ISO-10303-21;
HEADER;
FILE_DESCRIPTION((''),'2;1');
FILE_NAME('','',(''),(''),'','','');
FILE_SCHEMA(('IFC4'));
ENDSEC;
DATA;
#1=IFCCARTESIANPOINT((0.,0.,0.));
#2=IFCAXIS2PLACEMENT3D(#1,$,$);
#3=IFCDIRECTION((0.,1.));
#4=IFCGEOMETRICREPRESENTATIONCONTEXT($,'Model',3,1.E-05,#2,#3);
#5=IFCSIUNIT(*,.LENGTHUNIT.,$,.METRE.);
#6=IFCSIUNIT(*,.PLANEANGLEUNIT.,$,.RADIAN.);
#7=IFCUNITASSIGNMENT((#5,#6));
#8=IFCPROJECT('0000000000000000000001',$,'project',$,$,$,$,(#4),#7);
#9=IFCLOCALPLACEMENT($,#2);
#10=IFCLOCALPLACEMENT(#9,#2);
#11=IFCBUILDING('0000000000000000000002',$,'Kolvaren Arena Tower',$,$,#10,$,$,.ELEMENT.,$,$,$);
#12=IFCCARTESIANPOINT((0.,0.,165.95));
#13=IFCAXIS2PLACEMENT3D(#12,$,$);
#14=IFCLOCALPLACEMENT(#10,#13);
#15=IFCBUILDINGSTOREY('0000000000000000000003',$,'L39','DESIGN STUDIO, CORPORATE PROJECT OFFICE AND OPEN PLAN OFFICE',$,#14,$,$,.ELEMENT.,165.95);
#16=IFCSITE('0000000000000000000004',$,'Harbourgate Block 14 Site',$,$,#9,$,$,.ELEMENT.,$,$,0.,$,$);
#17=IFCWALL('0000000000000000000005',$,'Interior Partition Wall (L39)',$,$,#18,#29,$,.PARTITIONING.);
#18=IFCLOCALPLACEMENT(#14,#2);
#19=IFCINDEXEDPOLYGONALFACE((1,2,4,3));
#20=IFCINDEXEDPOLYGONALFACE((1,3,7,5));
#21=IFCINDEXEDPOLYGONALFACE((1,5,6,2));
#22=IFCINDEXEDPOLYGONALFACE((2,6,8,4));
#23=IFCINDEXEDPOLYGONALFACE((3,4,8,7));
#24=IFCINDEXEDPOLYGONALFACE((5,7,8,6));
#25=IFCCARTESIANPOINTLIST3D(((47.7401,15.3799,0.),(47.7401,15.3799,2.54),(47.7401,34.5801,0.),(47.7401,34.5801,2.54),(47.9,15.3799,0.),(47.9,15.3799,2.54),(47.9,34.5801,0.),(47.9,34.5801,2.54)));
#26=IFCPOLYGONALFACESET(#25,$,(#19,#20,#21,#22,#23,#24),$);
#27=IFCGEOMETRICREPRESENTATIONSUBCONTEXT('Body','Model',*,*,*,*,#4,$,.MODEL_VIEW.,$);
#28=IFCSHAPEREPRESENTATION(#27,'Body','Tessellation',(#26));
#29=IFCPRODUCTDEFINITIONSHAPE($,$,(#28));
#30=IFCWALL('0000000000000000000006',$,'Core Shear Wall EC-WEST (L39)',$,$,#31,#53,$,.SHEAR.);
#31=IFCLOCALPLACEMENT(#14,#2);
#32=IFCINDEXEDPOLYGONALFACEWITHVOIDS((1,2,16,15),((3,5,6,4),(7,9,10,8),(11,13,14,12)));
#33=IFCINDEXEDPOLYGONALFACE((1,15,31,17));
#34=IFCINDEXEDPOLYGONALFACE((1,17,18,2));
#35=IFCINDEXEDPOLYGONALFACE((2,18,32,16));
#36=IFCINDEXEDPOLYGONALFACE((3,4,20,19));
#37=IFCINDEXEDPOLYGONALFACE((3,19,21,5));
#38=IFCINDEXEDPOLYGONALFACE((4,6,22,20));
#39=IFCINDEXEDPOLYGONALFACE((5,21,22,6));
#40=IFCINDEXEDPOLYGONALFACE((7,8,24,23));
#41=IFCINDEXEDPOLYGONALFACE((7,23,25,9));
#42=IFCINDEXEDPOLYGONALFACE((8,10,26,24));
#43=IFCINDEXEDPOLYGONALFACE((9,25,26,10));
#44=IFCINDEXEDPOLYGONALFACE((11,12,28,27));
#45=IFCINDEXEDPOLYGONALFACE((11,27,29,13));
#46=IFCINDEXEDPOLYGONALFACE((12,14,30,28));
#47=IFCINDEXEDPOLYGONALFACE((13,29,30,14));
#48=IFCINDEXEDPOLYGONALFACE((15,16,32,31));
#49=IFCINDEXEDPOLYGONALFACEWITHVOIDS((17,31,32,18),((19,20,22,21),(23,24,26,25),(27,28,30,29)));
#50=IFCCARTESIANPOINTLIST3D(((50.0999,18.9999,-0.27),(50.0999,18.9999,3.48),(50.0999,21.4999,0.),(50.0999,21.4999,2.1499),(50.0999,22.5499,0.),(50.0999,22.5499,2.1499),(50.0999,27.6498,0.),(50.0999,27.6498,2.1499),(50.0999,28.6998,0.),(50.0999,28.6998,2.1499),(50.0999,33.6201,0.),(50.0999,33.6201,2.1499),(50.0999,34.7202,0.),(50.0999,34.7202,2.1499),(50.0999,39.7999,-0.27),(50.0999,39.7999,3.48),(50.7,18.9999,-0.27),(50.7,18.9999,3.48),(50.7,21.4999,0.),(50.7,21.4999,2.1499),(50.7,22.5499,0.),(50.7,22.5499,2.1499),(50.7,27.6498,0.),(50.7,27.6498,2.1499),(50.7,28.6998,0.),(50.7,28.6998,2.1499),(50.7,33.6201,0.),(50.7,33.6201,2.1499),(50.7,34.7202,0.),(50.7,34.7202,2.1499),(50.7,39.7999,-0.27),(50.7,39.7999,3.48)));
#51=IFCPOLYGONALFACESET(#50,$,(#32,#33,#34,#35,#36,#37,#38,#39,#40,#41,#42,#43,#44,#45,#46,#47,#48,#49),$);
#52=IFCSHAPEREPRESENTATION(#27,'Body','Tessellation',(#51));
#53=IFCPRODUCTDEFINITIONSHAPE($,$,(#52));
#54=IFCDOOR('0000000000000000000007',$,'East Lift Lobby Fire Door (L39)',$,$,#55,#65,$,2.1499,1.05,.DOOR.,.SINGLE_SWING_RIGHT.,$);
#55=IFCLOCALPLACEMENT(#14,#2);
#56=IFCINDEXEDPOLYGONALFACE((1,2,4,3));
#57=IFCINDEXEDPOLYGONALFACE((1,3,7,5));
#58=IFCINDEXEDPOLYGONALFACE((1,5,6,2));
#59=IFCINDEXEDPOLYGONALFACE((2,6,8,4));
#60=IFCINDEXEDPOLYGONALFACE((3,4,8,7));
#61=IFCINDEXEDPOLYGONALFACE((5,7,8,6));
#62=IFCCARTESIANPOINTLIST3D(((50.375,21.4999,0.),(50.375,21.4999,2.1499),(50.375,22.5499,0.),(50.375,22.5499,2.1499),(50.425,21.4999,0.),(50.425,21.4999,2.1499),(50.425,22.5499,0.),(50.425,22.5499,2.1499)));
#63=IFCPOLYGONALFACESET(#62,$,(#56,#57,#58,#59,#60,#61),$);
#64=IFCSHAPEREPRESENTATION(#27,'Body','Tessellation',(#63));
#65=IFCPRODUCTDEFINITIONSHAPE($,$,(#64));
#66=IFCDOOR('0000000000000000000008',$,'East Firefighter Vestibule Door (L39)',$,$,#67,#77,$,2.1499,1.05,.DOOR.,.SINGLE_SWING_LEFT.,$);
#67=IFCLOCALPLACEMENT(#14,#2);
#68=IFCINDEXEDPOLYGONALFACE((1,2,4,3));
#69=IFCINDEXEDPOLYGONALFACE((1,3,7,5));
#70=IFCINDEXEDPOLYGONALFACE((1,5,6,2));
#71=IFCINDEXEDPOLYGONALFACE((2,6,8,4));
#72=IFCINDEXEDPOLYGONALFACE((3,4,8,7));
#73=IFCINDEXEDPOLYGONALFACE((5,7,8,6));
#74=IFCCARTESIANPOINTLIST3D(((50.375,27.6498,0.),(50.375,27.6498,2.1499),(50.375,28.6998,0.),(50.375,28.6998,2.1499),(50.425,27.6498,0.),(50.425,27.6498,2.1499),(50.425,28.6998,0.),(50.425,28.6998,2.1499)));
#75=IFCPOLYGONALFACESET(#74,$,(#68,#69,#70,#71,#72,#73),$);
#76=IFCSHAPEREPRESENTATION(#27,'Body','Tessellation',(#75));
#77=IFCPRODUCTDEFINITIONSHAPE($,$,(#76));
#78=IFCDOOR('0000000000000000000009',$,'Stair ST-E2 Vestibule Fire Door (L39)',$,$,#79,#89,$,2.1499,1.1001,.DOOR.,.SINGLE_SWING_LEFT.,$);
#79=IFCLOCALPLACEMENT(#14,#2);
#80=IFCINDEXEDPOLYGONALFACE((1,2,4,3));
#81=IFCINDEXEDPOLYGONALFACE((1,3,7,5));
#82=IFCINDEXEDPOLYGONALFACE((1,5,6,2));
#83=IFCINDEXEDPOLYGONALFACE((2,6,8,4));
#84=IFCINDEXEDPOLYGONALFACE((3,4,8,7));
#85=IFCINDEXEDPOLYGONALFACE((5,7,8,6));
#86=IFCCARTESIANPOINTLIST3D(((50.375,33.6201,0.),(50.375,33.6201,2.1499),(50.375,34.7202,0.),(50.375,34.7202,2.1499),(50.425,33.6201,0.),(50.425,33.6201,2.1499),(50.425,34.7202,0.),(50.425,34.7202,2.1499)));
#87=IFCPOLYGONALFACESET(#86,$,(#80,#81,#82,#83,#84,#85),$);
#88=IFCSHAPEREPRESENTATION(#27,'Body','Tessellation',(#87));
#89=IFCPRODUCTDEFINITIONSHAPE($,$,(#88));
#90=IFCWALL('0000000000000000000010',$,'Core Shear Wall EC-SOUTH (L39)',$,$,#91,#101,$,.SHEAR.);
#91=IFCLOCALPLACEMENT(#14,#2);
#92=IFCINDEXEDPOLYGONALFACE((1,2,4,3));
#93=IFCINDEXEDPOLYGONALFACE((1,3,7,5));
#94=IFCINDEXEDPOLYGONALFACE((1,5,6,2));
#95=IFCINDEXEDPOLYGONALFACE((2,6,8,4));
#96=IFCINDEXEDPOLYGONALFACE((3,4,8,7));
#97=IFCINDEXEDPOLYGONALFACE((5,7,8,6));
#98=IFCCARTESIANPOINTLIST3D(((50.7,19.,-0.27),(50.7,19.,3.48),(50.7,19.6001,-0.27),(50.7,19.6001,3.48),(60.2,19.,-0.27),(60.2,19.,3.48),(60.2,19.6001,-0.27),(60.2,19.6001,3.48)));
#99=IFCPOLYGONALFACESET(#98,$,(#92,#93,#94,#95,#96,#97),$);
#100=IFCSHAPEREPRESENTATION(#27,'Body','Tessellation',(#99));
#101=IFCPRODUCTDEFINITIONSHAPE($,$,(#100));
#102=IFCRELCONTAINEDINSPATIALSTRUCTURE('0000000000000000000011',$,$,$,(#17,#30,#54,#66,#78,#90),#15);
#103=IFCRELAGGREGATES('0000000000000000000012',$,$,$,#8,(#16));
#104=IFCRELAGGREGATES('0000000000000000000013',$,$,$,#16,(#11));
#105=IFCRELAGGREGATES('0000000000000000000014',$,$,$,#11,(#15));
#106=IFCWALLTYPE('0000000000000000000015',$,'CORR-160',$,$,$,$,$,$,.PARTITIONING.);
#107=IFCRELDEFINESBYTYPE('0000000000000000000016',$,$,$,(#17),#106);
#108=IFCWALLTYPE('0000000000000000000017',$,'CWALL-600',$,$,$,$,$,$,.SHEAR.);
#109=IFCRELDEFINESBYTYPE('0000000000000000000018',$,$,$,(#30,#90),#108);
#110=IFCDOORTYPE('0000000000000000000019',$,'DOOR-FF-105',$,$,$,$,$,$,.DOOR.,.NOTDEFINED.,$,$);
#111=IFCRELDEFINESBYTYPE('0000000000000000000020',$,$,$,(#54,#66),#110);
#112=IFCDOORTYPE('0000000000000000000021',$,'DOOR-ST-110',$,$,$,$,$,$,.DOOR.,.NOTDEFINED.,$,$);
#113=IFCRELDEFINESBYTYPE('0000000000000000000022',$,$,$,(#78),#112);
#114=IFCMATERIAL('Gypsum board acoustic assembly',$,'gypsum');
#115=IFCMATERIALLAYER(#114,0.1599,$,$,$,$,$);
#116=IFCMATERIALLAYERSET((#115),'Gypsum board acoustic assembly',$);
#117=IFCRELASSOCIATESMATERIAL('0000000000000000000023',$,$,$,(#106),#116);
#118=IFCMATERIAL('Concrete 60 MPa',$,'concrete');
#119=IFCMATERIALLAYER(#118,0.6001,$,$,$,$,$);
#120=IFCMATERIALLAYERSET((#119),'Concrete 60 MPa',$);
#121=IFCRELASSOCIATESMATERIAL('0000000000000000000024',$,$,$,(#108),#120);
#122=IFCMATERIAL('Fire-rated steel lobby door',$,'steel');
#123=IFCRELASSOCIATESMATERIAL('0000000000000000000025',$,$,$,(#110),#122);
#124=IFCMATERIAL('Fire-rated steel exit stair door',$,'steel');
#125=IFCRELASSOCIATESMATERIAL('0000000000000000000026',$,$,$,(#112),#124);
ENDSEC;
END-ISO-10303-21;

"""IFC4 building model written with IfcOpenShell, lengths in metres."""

from ifc_helpers import new_model, si_unit, direction, frame, frame_2d, origin, place, context, subcontext, project, spatial, rectangle, extrude, material, layer, layer_set, type_object, element, fill, save


model = new_model("IFC4")

# Units and contexts
model_context = context("Model", 3, precision=1e-05, world=origin(), true_north=direction((0.0, 1.0)))
body_context = subcontext(model_context, "Body", "Model", "MODEL_VIEW")
ifc_project = project(units=[si_unit("LENGTHUNIT", "METRE"), si_unit("PLANEANGLEUNIT", "RADIAN")], contexts=[model_context])

# Site, building, storey
site_placement = place(None, origin())
site = spatial("IfcSite", under=ifc_project, at=site_placement, Name="Harbourgate Block 14 Site", CompositionType="ELEMENT", RefElevation=0.0)
building_placement = place(site_placement, origin())
building = spatial("IfcBuilding", under=site, at=building_placement, Name="Kolvaren Arena Tower", CompositionType="ELEMENT")
storey_placement = place(building_placement, frame((0.0, 0.0, 165.95)))
storey = spatial("IfcBuildingStorey", under=building, at=storey_placement, Name="L39", Description="DESIGN STUDIO, CORPORATE PROJECT OFFICE AND OPEN PLAN OFFICE", CompositionType="ELEMENT", Elevation=165.95)

# Wall
ifc_material_1 = material(Name="Gypsum board acoustic assembly", Category="gypsum")
ifc_layer_1 = layer(ifc_material_1, 0.1599)
ifc_layer_set_1 = layer_set([ifc_layer_1], Name="Gypsum board acoustic assembly")
wall_type_1 = type_object("IfcWallType", Name="CORR-160", PredefinedType="PARTITIONING", material=ifc_layer_set_1)
wall_1_placement = place(storey_placement, frame((47.8201, 15.3799, 0.0), z_axis=(0.0, 0.0, 1.0), x_axis=(0.0, 1.0, 0.0)))
element("IfcWall", 1, at=wall_1_placement, inside=storey, type_object=wall_type_1, Name="Interior Partition Wall (L39)", PredefinedType="PARTITIONING", context=body_context, shape_type="SweptSolid", body=[
    extrude(rectangle(XDim=19.2002, YDim=0.1599, at=frame_2d((9.6001, 0.0))), origin(), (0.0, 0.0, 1.0), 2.54),
])

# Wall, openings, doors
ifc_material_2 = material(Name="Concrete 60 MPa", Category="concrete")
ifc_layer_2 = layer(ifc_material_2, 0.6001)
ifc_layer_set_2 = layer_set([ifc_layer_2], Name="Concrete 60 MPa")
wall_type_2 = type_object("IfcWallType", Name="CWALL-600", PredefinedType="SHEAR", material=ifc_layer_set_2)
wall_2_placement = place(storey_placement, frame((50.3999, 19.0, -0.27), z_axis=(0.0, 0.0, 1.0), x_axis=(0.0, 1.0, 0.0)))
wall_2 = element("IfcWall", 2, at=wall_2_placement, inside=storey, type_object=wall_type_2, Name="Core Shear Wall EC-WEST (L39)", PredefinedType="SHEAR", context=body_context, shape_type="SweptSolid", body=[
    extrude(rectangle(XDim=20.8, YDim=0.6001, at=frame_2d((10.3999, 0.0))), origin(), (0.0, 0.0, 1.0), 3.75),
])
opening_1_placement = place(wall_2_placement, frame((2.5, 0.0, 0.27)))
opening_1 = element("IfcOpeningElement", 3, at=opening_1_placement, cuts=wall_2, PredefinedType="OPENING", context=body_context, shape_type="SweptSolid", body=[
    extrude(rectangle(XDim=1.05, YDim=2.1499, at=frame_2d((0.5249, 1.075))), frame((0.0, 0.3101, 0.0), z_axis=(0.0, -1.0, 0.0), x_axis=(1.0, 0.0, 0.0)), (0.0, 0.0, 1.0), 0.6201),
])
opening_2_placement = place(wall_2_placement, frame((8.6499, 0.0, 0.27)))
opening_2 = element("IfcOpeningElement", 4, at=opening_2_placement, cuts=wall_2, PredefinedType="OPENING", context=body_context, shape_type="SweptSolid", body=[
    extrude(rectangle(XDim=1.05, YDim=2.1499, at=frame_2d((0.5249, 1.075))), frame((0.0, 0.3101, 0.0), z_axis=(0.0, -1.0, 0.0), x_axis=(1.0, 0.0, 0.0)), (0.0, 0.0, 1.0), 0.6201),
])
opening_3_placement = place(wall_2_placement, frame((14.6201, 0.0, 0.27)))
opening_3 = element("IfcOpeningElement", 5, at=opening_3_placement, cuts=wall_2, PredefinedType="OPENING", context=body_context, shape_type="SweptSolid", body=[
    extrude(rectangle(XDim=1.1001, YDim=2.1499, at=frame_2d((0.55, 1.075))), frame((0.0, 0.3101, 0.0), z_axis=(0.0, -1.0, 0.0), x_axis=(1.0, 0.0, 0.0)), (0.0, 0.0, 1.0), 0.6201),
])
ifc_material_3 = material(Name="Fire-rated steel lobby door", Category="steel")
door_type_1 = type_object("IfcDoorType", Name="DOOR-FF-105", OperationType="NOTDEFINED", PredefinedType="DOOR", material=ifc_material_3)
door_1_placement = place(opening_1_placement, origin())
door_1 = element("IfcDoor", 6, at=door_1_placement, inside=storey, type_object=door_type_1, Name="East Lift Lobby Fire Door (L39)", OperationType="SINGLE_SWING_RIGHT", OverallHeight=2.1499, OverallWidth=1.05, PredefinedType="DOOR", context=body_context, shape_type="SweptSolid", body=[
    extrude(rectangle(XDim=1.05, YDim=2.1499, at=frame_2d((0.5249, 1.075))), frame((0.0, 0.0249, 0.0), z_axis=(0.0, -1.0, 0.0), x_axis=(1.0, 0.0, 0.0)), (0.0, 0.0, 1.0), 0.05),
])
fill(opening_1, door_1)
door_2_placement = place(opening_2_placement, origin())
door_2 = element("IfcDoor", 7, at=door_2_placement, inside=storey, type_object=door_type_1, Name="East Firefighter Vestibule Door (L39)", OperationType="SINGLE_SWING_LEFT", OverallHeight=2.1499, OverallWidth=1.05, PredefinedType="DOOR", context=body_context, shape_type="SweptSolid", body=[
    extrude(rectangle(XDim=1.05, YDim=2.1499, at=frame_2d((0.5249, 1.075))), frame((0.0, 0.0249, 0.0), z_axis=(0.0, -1.0, 0.0), x_axis=(1.0, 0.0, 0.0)), (0.0, 0.0, 1.0), 0.05),
])
fill(opening_2, door_2)
ifc_material_4 = material(Name="Fire-rated steel exit stair door", Category="steel")
door_type_2 = type_object("IfcDoorType", Name="DOOR-ST-110", OperationType="NOTDEFINED", PredefinedType="DOOR", material=ifc_material_4)
door_3_placement = place(opening_3_placement, origin())
door_3 = element("IfcDoor", 8, at=door_3_placement, inside=storey, type_object=door_type_2, Name="Stair ST-E2 Vestibule Fire Door (L39)", OperationType="SINGLE_SWING_LEFT", OverallHeight=2.1499, OverallWidth=1.1001, PredefinedType="DOOR", context=body_context, shape_type="SweptSolid", body=[
    extrude(rectangle(XDim=1.1001, YDim=2.1499, at=frame_2d((0.55, 1.075))), frame((0.0, 0.0249, 0.0), z_axis=(0.0, -1.0, 0.0), x_axis=(1.0, 0.0, 0.0)), (0.0, 0.0, 1.0), 0.05),
])
fill(opening_3, door_3)

# Wall
wall_3_placement = place(storey_placement, frame((50.7, 19.3, -0.27), z_axis=(0.0, 0.0, 1.0), x_axis=(1.0, 0.0, 0.0)))
element("IfcWall", 9, at=wall_3_placement, inside=storey, type_object=wall_type_2, Name="Core Shear Wall EC-SOUTH (L39)", PredefinedType="SHEAR", context=body_context, shape_type="SweptSolid", body=[
    extrude(rectangle(XDim=9.5, YDim=0.6001, at=frame_2d((4.75, 0.0))), origin(), (0.0, 0.0, 1.0), 3.75),
])

save(model, "model.ifc")
